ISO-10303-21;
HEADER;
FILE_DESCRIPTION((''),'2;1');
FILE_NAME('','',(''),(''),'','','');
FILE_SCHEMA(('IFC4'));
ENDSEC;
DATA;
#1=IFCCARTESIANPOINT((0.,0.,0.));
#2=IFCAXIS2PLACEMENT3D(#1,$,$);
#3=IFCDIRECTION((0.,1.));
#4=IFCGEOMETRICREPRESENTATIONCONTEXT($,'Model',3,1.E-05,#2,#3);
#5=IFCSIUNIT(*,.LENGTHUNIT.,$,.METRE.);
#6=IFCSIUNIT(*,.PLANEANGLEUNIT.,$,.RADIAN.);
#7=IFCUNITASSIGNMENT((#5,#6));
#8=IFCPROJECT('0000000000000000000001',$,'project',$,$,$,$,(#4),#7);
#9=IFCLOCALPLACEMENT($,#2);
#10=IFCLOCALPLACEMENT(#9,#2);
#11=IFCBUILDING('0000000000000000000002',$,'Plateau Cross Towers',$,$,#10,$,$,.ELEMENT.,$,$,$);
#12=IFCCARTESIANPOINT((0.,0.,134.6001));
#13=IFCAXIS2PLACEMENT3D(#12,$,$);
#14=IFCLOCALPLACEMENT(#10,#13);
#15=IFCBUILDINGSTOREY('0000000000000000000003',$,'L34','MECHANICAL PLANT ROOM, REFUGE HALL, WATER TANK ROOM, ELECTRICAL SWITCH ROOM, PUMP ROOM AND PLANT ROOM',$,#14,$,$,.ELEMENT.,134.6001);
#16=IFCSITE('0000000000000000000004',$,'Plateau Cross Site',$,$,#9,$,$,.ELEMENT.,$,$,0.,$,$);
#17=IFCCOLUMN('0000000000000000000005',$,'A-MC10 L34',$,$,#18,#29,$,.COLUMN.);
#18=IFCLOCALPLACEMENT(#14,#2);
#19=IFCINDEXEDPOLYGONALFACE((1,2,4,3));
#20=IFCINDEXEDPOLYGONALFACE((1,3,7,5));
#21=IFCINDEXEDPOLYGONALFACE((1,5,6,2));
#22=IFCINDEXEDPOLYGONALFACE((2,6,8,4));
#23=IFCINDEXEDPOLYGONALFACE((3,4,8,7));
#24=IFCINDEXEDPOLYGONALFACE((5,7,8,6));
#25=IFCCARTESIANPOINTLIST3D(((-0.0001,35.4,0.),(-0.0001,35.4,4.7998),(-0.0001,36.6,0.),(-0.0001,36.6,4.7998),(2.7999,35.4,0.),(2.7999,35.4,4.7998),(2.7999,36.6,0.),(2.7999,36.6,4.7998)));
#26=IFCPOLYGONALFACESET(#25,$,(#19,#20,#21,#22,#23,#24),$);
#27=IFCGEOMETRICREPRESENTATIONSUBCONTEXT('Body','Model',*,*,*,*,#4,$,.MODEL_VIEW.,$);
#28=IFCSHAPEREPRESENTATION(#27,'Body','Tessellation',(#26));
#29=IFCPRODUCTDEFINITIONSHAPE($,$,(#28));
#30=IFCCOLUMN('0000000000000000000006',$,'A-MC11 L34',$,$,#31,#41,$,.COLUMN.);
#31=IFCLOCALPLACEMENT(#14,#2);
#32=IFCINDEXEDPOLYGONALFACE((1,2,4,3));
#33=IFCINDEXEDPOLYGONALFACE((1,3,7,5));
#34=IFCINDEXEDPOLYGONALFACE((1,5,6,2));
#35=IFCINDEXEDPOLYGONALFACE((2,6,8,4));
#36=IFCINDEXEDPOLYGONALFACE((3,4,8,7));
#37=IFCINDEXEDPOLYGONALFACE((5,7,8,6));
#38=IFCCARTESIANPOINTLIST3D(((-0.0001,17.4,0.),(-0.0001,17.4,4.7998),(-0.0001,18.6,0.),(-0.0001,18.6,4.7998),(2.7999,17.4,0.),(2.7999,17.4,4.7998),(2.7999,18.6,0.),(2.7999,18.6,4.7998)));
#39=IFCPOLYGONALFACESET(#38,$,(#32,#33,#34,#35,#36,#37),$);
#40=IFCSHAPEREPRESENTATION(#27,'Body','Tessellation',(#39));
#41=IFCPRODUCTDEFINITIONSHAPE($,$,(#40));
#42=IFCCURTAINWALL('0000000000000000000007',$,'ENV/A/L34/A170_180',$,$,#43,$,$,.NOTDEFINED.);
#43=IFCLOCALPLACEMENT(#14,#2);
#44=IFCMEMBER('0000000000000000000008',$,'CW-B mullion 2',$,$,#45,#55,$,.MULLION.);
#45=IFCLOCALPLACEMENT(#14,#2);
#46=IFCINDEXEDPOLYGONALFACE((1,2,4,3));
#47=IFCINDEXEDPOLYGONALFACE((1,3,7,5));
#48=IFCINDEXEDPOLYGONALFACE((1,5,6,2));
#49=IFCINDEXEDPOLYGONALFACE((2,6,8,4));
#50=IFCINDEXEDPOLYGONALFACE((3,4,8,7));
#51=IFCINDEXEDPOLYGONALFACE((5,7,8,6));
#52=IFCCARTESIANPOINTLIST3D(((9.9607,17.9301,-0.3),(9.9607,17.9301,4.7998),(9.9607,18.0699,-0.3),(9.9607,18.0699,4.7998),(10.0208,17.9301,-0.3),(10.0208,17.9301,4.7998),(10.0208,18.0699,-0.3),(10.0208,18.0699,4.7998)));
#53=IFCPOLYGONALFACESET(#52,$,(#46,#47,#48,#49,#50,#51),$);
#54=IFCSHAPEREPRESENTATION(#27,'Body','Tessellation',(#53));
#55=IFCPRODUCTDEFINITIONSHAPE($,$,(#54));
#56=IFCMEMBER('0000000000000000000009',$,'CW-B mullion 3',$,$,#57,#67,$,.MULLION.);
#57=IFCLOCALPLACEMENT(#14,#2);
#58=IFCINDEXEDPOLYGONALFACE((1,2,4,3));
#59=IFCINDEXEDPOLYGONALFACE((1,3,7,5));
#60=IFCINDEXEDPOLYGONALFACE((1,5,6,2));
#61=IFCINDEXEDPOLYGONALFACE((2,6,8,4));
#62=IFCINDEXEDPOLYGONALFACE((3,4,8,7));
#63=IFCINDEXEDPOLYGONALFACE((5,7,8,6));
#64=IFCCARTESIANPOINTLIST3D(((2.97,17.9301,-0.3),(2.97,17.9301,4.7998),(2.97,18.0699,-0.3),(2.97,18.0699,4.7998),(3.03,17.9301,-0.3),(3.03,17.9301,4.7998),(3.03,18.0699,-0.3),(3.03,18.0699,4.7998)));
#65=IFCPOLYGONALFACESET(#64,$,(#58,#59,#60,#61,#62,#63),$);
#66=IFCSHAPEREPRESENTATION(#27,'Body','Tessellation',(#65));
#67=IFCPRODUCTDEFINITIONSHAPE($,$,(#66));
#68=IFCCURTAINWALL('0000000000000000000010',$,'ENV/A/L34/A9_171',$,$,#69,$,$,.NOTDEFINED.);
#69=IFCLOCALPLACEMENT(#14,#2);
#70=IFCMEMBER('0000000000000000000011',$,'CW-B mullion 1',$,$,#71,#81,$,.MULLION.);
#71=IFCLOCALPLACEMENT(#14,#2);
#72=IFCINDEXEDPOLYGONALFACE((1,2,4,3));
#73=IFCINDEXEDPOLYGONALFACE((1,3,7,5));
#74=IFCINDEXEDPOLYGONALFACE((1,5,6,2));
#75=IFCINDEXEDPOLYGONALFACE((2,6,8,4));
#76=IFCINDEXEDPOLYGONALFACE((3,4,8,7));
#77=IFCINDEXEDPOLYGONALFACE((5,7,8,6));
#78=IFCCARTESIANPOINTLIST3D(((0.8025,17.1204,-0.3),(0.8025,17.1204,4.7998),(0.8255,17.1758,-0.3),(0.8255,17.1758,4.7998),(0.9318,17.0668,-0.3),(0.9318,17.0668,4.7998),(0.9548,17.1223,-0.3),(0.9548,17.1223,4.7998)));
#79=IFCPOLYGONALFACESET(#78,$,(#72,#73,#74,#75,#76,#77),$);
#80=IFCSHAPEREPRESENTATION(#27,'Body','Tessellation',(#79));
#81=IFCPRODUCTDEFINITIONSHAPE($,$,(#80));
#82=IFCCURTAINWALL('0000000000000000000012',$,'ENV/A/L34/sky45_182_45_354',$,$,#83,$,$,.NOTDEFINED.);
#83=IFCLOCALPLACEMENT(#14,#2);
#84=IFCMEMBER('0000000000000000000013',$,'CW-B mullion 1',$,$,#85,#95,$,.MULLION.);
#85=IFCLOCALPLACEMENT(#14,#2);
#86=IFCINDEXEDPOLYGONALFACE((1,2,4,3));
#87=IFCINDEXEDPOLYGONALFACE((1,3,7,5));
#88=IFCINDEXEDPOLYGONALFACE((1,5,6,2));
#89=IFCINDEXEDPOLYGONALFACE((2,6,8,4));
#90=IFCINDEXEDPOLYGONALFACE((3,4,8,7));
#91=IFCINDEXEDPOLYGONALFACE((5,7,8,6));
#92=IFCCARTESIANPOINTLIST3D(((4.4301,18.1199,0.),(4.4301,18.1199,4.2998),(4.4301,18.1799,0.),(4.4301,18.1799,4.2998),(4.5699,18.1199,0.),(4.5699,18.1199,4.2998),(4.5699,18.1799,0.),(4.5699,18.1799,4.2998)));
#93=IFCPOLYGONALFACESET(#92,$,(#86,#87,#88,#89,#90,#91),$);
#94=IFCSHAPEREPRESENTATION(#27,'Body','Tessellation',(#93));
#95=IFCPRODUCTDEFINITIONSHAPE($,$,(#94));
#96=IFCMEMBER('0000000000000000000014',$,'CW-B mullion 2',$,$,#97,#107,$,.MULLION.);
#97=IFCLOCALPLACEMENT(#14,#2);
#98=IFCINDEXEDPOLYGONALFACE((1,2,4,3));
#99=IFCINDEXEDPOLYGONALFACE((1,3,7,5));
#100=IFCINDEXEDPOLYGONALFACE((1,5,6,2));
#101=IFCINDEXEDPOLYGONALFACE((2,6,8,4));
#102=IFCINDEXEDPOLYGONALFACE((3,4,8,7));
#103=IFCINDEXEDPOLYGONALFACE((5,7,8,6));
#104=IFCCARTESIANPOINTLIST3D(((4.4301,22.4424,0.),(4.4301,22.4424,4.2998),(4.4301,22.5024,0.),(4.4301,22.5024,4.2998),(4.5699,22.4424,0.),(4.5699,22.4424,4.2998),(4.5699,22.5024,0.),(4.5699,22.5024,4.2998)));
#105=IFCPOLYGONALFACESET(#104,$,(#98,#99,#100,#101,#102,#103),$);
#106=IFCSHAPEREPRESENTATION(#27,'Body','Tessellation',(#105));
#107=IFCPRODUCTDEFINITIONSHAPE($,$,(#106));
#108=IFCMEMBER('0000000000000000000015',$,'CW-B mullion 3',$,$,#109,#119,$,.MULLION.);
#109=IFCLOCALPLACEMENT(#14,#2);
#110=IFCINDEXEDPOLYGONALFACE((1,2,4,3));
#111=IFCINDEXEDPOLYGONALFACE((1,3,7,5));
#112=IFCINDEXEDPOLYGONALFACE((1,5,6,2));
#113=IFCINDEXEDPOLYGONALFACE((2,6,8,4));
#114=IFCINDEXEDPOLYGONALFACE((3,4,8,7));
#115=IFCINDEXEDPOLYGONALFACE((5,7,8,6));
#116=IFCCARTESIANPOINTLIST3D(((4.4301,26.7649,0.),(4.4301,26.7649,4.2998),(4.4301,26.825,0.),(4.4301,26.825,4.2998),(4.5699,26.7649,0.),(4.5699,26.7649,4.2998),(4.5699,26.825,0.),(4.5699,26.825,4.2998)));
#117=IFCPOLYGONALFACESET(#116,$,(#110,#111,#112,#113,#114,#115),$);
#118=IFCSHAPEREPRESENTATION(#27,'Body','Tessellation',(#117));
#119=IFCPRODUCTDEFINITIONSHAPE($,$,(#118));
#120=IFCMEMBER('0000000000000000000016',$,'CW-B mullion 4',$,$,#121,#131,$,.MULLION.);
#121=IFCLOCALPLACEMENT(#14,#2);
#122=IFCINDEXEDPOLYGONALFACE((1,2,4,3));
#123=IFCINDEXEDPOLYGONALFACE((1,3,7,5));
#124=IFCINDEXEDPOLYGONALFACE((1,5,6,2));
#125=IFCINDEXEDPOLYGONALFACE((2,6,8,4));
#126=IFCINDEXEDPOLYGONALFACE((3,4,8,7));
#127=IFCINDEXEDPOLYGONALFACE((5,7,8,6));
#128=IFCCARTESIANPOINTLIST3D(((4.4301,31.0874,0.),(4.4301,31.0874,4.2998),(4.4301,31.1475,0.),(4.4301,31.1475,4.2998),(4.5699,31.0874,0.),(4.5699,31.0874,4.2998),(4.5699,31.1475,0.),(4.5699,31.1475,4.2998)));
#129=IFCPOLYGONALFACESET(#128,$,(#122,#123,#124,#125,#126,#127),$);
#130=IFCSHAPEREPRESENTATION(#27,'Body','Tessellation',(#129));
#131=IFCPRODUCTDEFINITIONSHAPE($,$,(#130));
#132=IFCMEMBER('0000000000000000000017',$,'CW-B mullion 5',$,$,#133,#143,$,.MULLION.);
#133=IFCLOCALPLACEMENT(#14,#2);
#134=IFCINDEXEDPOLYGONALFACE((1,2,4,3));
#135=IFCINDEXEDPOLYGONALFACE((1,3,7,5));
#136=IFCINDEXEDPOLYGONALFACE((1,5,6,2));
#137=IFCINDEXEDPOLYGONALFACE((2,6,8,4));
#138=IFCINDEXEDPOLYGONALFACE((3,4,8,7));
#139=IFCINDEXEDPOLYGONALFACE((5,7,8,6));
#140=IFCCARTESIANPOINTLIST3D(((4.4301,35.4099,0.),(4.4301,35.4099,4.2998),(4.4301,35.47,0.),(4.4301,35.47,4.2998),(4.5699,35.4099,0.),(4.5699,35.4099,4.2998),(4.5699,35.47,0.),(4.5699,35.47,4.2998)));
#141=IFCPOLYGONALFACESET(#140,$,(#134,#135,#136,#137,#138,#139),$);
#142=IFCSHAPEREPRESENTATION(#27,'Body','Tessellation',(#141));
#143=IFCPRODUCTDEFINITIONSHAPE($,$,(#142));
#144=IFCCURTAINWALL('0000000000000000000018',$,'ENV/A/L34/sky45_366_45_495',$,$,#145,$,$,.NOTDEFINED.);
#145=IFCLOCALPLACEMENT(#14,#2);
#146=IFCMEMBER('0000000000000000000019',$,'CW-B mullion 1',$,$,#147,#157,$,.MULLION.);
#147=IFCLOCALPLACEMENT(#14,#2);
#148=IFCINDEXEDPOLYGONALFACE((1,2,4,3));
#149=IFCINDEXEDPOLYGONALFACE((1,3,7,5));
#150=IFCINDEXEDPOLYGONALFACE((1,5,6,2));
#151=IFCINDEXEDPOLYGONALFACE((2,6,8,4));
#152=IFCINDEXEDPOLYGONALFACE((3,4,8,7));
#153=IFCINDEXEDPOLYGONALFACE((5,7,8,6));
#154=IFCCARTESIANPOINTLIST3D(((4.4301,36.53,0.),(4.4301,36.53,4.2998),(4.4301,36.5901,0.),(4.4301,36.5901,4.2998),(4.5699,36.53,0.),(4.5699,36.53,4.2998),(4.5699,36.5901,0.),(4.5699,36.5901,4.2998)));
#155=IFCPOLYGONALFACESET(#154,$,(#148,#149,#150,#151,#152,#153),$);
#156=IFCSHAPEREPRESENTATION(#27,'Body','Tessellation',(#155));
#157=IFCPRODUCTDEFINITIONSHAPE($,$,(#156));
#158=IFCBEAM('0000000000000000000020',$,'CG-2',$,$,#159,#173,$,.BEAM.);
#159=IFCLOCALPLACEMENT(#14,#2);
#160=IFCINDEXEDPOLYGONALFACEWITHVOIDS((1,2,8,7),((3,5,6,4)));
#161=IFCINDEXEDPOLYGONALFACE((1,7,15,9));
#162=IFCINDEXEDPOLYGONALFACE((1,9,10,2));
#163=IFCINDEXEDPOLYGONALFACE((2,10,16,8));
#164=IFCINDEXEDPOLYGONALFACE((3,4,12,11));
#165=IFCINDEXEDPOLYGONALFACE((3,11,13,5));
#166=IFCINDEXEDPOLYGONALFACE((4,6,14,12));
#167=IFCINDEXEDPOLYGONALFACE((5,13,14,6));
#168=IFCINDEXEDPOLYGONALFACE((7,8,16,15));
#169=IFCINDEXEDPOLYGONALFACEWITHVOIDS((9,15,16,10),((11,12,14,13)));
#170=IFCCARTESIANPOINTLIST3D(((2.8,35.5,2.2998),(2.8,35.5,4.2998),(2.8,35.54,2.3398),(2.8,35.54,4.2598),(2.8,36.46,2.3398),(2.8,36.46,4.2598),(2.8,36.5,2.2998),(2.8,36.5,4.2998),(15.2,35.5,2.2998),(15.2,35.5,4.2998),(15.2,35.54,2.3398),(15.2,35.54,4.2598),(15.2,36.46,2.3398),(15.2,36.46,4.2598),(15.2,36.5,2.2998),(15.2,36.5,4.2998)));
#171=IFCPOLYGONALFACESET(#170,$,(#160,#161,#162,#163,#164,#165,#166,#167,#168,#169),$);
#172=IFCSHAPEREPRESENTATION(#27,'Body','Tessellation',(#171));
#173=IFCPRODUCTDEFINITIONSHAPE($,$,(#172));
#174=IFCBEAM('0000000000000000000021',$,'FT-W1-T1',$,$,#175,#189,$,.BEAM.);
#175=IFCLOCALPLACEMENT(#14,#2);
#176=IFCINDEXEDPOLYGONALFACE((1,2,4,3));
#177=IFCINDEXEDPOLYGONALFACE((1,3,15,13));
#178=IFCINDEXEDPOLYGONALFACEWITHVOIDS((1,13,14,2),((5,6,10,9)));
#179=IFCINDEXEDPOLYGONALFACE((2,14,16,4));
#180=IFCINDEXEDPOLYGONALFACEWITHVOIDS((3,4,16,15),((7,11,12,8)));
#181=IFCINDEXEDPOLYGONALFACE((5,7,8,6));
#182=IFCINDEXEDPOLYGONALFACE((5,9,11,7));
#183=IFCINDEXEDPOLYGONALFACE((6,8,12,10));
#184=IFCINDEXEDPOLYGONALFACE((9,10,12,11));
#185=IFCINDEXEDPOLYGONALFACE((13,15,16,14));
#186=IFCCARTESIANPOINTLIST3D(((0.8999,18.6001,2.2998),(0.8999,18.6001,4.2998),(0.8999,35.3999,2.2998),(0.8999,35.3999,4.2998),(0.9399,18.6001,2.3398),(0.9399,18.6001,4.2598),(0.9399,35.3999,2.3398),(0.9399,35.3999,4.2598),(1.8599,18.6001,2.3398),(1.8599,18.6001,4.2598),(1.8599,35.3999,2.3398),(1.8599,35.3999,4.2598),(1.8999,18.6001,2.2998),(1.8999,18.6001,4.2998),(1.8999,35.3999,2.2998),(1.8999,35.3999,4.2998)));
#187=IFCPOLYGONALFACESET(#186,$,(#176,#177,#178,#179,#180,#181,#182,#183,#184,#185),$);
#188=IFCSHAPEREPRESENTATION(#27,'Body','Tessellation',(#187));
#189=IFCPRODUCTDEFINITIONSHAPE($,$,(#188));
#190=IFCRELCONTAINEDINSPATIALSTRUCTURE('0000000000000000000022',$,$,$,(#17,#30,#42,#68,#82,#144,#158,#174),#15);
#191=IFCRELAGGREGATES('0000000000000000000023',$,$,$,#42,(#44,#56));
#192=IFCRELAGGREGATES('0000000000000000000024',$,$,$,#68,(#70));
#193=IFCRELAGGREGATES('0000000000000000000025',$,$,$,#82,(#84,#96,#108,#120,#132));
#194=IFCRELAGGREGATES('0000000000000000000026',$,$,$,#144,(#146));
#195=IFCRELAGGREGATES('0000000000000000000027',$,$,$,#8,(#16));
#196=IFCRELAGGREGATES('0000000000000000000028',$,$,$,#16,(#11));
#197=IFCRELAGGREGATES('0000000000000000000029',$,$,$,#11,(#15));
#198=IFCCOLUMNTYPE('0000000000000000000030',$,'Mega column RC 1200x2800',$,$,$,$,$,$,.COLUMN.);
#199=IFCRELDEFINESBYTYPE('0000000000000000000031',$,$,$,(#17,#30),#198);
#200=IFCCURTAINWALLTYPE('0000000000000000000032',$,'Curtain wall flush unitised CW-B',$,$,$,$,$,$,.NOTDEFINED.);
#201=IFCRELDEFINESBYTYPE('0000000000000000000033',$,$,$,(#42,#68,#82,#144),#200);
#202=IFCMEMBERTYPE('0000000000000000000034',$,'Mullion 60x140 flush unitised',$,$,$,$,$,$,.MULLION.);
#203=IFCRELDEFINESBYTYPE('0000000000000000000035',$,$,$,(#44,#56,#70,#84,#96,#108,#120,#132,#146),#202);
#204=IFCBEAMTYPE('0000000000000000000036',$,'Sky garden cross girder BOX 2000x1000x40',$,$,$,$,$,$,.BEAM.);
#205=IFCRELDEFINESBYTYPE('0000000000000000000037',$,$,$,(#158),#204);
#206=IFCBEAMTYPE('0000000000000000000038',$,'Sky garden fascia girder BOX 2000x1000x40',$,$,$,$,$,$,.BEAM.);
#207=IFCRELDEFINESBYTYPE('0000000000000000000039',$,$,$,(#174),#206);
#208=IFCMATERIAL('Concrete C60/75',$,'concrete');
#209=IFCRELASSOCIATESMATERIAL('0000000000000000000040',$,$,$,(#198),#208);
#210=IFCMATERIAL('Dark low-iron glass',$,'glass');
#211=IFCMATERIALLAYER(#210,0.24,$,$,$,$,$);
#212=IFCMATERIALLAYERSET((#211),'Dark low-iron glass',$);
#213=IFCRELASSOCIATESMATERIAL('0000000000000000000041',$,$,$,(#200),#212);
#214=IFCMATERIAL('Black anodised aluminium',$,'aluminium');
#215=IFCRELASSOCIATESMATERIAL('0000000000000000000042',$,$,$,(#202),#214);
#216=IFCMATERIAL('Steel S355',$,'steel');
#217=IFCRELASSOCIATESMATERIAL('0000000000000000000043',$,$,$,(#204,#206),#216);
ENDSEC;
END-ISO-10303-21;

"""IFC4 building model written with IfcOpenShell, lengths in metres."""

from ifc_helpers import new_model, si_unit, direction, frame, origin, origin_2d, place, context, subcontext, project, spatial, rectangle, hollow_rectangle, extrude, material, layer, layer_set, material_profile, profile_set, type_object, element, aggregate, save


model = new_model("IFC4")

# Units and contexts
model_context = context("Model", 3, precision=1e-05, world=origin(), true_north=direction((0.0, 1.0)))
body_context = subcontext(model_context, "Body", "Model", "MODEL_VIEW")
ifc_project = project(units=[si_unit("LENGTHUNIT", "METRE"), si_unit("PLANEANGLEUNIT", "RADIAN")], contexts=[model_context])

# Site, building, storey
site_placement = place(None, origin())
site = spatial("IfcSite", under=ifc_project, at=site_placement, Name="Plateau Cross Site", CompositionType="ELEMENT", RefElevation=0.0)
building_placement = place(site_placement, origin())
building = spatial("IfcBuilding", under=site, at=building_placement, Name="Plateau Cross Towers", CompositionType="ELEMENT")
storey_placement = place(building_placement, frame((0.0, 0.0, 134.6001)))
storey = spatial("IfcBuildingStorey", under=building, at=storey_placement, Name="L34", Description="MECHANICAL PLANT ROOM, REFUGE HALL, WATER TANK ROOM, ELECTRICAL SWITCH ROOM, PUMP ROOM AND PLANT ROOM", CompositionType="ELEMENT", Elevation=134.6001)

# Columns
ifc_material_1 = material(Name="Concrete C60/75", Category="concrete")
ifc_material_profile_1 = material_profile(ifc_material_1, rectangle(XDim=1.2, YDim=2.8, at=origin_2d()), Name="RC 1200x2800")
ifc_profile_set_1 = profile_set([ifc_material_profile_1], Name="Concrete C60/75")
column_type = type_object("IfcColumnType", Name="Mega column RC 1200x2800", PredefinedType="COLUMN", material=ifc_profile_set_1)
for number, where, z_axis, x_axis, name in (
    (1, (1.3999, 36.0, 0.0), (0.0, 0.0, 1.0), (0.0, 1.0, 0.0), "A-MC10 L34"),
    (2, (1.3999, 18.0, 0.0), (0.0, 0.0, 1.0), (0.0, 1.0, 0.0), "A-MC11 L34"),
):
    element("IfcColumn", number, at=place(storey_placement, frame(where, z_axis=z_axis, x_axis=x_axis)), inside=storey, type_object=column_type, Name=name, PredefinedType="COLUMN", context=body_context, shape_type="SweptSolid", body=[
        extrude(rectangle(XDim=1.2, YDim=2.8, at=origin_2d()), origin(), (0.0, 0.0, 1.0), 4.7998),
    ])

# Curtain wall, members
ifc_material_2 = material(Name="Dark low-iron glass", Category="glass")
ifc_layer_1 = layer(ifc_material_2, 0.24)
ifc_layer_set_1 = layer_set([ifc_layer_1], Name="Dark low-iron glass")
curtain_wall_type = type_object("IfcCurtainWallType", Name="Curtain wall flush unitised CW-B", PredefinedType="NOTDEFINED", material=ifc_layer_set_1)
curtain_wall_1_placement = place(storey_placement, origin())
curtain_wall_1 = element("IfcCurtainWall", 3, at=curtain_wall_1_placement, inside=storey, type_object=curtain_wall_type, Name="ENV/A/L34/A170_180", PredefinedType="NOTDEFINED")
ifc_material_3 = material(Name="Black anodised aluminium", Category="aluminium")
ifc_material_profile_2 = material_profile(ifc_material_3, rectangle(XDim=0.0601, YDim=0.1399, at=origin_2d()), Name="MULLION 60x140")
ifc_profile_set_2 = profile_set([ifc_material_profile_2], Name="Black anodised aluminium")
member_type_1 = type_object("IfcMemberType", Name="Mullion 60x140 flush unitised", PredefinedType="MULLION", material=ifc_profile_set_2)
member_1_placement = place(storey_placement, frame((9.9907, 18.0, -0.3), z_axis=(0.0, 0.0, 1.0), x_axis=(-1.0, 0.0, 0.0)))
member_1 = element("IfcMember", 4, at=member_1_placement, type_object=member_type_1, Name="CW-B mullion 2", PredefinedType="MULLION", context=body_context, shape_type="SweptSolid", body=[
    extrude(rectangle(XDim=0.0601, YDim=0.1399, at=origin_2d()), origin(), (0.0, 0.0, 1.0), 5.0999),
])
member_2_placement = place(storey_placement, frame((3.0, 18.0, -0.3), z_axis=(0.0, 0.0, 1.0), x_axis=(-1.0, 0.0, 0.0)))
member_2 = element("IfcMember", 5, at=member_2_placement, type_object=member_type_1, Name="CW-B mullion 3", PredefinedType="MULLION", context=body_context, shape_type="SweptSolid", body=[
    extrude(rectangle(XDim=0.0601, YDim=0.1399, at=origin_2d()), origin(), (0.0, 0.0, 1.0), 5.0999),
])

# Curtain wall, member
curtain_wall_2_placement = place(storey_placement, origin())
curtain_wall_2 = element("IfcCurtainWall", 6, at=curtain_wall_2_placement, inside=storey, type_object=curtain_wall_type, Name="ENV/A/L34/A9_171", PredefinedType="NOTDEFINED")
member_3_placement = place(storey_placement, frame((0.8787, 17.1213, -0.3), z_axis=(0.0, 0.0, 1.0), x_axis=(-0.382684, -0.923879, 0.0)))
member_3 = element("IfcMember", 7, at=member_3_placement, type_object=member_type_1, Name="CW-B mullion 1", PredefinedType="MULLION", context=body_context, shape_type="SweptSolid", body=[
    extrude(rectangle(XDim=0.0601, YDim=0.1399, at=origin_2d()), origin(), (0.0, 0.0, 1.0), 5.0999),
])

# Curtain wall, members
curtain_wall_3_placement = place(storey_placement, origin())
curtain_wall_3 = element("IfcCurtainWall", 8, at=curtain_wall_3_placement, inside=storey, type_object=curtain_wall_type, Name="ENV/A/L34/sky45_182_45_354", PredefinedType="NOTDEFINED")
member_4_placement = place(storey_placement, frame((4.5, 18.1499, 0.0), z_axis=(0.0, 0.0, 1.0), x_axis=(0.0, 1.0, 0.0)))
member_4 = element("IfcMember", 9, at=member_4_placement, type_object=member_type_1, Name="CW-B mullion 1", PredefinedType="MULLION", context=body_context, shape_type="SweptSolid", body=[
    extrude(rectangle(XDim=0.0601, YDim=0.1399, at=origin_2d()), origin(), (0.0, 0.0, 1.0), 4.2998),
])
member_5_placement = place(storey_placement, frame((4.5, 22.4724, 0.0), z_axis=(0.0, 0.0, 1.0), x_axis=(0.0, 1.0, 0.0)))
member_5 = element("IfcMember", 10, at=member_5_placement, type_object=member_type_1, Name="CW-B mullion 2", PredefinedType="MULLION", context=body_context, shape_type="SweptSolid", body=[
    extrude(rectangle(XDim=0.0601, YDim=0.1399, at=origin_2d()), origin(), (0.0, 0.0, 1.0), 4.2998),
])
member_6_placement = place(storey_placement, frame((4.5, 26.7949, 0.0), z_axis=(0.0, 0.0, 1.0), x_axis=(0.0, 1.0, 0.0)))
member_6 = element("IfcMember", 11, at=member_6_placement, type_object=member_type_1, Name="CW-B mullion 3", PredefinedType="MULLION", context=body_context, shape_type="SweptSolid", body=[
    extrude(rectangle(XDim=0.0601, YDim=0.1399, at=origin_2d()), origin(), (0.0, 0.0, 1.0), 4.2998),
])
member_7_placement = place(storey_placement, frame((4.5, 31.1174, 0.0), z_axis=(0.0, 0.0, 1.0), x_axis=(0.0, 1.0, 0.0)))
member_7 = element("IfcMember", 12, at=member_7_placement, type_object=member_type_1, Name="CW-B mullion 4", PredefinedType="MULLION", context=body_context, shape_type="SweptSolid", body=[
    extrude(rectangle(XDim=0.0601, YDim=0.1399, at=origin_2d()), origin(), (0.0, 0.0, 1.0), 4.2998),
])
member_8_placement = place(storey_placement, frame((4.5, 35.4399, 0.0), z_axis=(0.0, 0.0, 1.0), x_axis=(0.0, 1.0, 0.0)))
member_8 = element("IfcMember", 13, at=member_8_placement, type_object=member_type_1, Name="CW-B mullion 5", PredefinedType="MULLION", context=body_context, shape_type="SweptSolid", body=[
    extrude(rectangle(XDim=0.0601, YDim=0.1399, at=origin_2d()), origin(), (0.0, 0.0, 1.0), 4.2998),
])

# Curtain wall, member
curtain_wall_4_placement = place(storey_placement, origin())
curtain_wall_4 = element("IfcCurtainWall", 14, at=curtain_wall_4_placement, inside=storey, type_object=curtain_wall_type, Name="ENV/A/L34/sky45_366_45_495", PredefinedType="NOTDEFINED")
member_9_placement = place(storey_placement, frame((4.5, 36.5601, 0.0), z_axis=(0.0, 0.0, 1.0), x_axis=(0.0, 1.0, 0.0)))
member_9 = element("IfcMember", 15, at=member_9_placement, type_object=member_type_1, Name="CW-B mullion 1", PredefinedType="MULLION", context=body_context, shape_type="SweptSolid", body=[
    extrude(rectangle(XDim=0.0601, YDim=0.1399, at=origin_2d()), origin(), (0.0, 0.0, 1.0), 4.2998),
])

# Beams
ifc_material_4 = material(Name="Steel S355", Category="steel")
ifc_material_profile_3 = material_profile(ifc_material_4, hollow_rectangle(XDim=1.0, YDim=2.0, WallThickness=0.04, at=origin_2d()), Name="BOX 2000x1000x40")
ifc_profile_set_3 = profile_set([ifc_material_profile_3], Name="Steel S355")
beam_type_1 = type_object("IfcBeamType", Name="Sky garden cross girder BOX 2000x1000x40", PredefinedType="BEAM", material=ifc_profile_set_3)
beam_1_placement = place(storey_placement, frame((2.8, 36.0, 3.2998), z_axis=(1.0, 0.0, 0.0), x_axis=(0.0, 1.0, 0.0)))
element("IfcBeam", 16, at=beam_1_placement, inside=storey, type_object=beam_type_1, Name="CG-2", PredefinedType="BEAM", context=body_context, shape_type="SweptSolid", body=[
    extrude(hollow_rectangle(XDim=1.0, YDim=2.0, WallThickness=0.04, at=origin_2d()), origin(), (0.0, 0.0, 1.0), 12.3999),
])
ifc_material_profile_4 = material_profile(ifc_material_4, hollow_rectangle(XDim=1.0, YDim=2.0, WallThickness=0.04, at=origin_2d()), Name="BOX 2000x1000x40")
ifc_profile_set_4 = profile_set([ifc_material_profile_4], Name="Steel S355")
beam_type_2 = type_object("IfcBeamType", Name="Sky garden fascia girder BOX 2000x1000x40", PredefinedType="BEAM", material=ifc_profile_set_4)
beam_2_placement = place(storey_placement, frame((1.3999, 18.6001, 3.2998), z_axis=(0.0, 1.0, 0.0), x_axis=(-1.0, 0.0, 0.0)))
element("IfcBeam", 17, at=beam_2_placement, inside=storey, type_object=beam_type_2, Name="FT-W1-T1", PredefinedType="BEAM", context=body_context, shape_type="SweptSolid", body=[
    extrude(hollow_rectangle(XDim=1.0, YDim=2.0, WallThickness=0.04, at=origin_2d()), origin(), (0.0, 0.0, 1.0), 16.7998),
])

aggregate(curtain_wall_1, [member_1, member_2])
aggregate(curtain_wall_2, [member_3])
aggregate(curtain_wall_3, [member_4, member_5, member_6, member_7, member_8])
aggregate(curtain_wall_4, [member_9])

save(model, "model.ifc")
